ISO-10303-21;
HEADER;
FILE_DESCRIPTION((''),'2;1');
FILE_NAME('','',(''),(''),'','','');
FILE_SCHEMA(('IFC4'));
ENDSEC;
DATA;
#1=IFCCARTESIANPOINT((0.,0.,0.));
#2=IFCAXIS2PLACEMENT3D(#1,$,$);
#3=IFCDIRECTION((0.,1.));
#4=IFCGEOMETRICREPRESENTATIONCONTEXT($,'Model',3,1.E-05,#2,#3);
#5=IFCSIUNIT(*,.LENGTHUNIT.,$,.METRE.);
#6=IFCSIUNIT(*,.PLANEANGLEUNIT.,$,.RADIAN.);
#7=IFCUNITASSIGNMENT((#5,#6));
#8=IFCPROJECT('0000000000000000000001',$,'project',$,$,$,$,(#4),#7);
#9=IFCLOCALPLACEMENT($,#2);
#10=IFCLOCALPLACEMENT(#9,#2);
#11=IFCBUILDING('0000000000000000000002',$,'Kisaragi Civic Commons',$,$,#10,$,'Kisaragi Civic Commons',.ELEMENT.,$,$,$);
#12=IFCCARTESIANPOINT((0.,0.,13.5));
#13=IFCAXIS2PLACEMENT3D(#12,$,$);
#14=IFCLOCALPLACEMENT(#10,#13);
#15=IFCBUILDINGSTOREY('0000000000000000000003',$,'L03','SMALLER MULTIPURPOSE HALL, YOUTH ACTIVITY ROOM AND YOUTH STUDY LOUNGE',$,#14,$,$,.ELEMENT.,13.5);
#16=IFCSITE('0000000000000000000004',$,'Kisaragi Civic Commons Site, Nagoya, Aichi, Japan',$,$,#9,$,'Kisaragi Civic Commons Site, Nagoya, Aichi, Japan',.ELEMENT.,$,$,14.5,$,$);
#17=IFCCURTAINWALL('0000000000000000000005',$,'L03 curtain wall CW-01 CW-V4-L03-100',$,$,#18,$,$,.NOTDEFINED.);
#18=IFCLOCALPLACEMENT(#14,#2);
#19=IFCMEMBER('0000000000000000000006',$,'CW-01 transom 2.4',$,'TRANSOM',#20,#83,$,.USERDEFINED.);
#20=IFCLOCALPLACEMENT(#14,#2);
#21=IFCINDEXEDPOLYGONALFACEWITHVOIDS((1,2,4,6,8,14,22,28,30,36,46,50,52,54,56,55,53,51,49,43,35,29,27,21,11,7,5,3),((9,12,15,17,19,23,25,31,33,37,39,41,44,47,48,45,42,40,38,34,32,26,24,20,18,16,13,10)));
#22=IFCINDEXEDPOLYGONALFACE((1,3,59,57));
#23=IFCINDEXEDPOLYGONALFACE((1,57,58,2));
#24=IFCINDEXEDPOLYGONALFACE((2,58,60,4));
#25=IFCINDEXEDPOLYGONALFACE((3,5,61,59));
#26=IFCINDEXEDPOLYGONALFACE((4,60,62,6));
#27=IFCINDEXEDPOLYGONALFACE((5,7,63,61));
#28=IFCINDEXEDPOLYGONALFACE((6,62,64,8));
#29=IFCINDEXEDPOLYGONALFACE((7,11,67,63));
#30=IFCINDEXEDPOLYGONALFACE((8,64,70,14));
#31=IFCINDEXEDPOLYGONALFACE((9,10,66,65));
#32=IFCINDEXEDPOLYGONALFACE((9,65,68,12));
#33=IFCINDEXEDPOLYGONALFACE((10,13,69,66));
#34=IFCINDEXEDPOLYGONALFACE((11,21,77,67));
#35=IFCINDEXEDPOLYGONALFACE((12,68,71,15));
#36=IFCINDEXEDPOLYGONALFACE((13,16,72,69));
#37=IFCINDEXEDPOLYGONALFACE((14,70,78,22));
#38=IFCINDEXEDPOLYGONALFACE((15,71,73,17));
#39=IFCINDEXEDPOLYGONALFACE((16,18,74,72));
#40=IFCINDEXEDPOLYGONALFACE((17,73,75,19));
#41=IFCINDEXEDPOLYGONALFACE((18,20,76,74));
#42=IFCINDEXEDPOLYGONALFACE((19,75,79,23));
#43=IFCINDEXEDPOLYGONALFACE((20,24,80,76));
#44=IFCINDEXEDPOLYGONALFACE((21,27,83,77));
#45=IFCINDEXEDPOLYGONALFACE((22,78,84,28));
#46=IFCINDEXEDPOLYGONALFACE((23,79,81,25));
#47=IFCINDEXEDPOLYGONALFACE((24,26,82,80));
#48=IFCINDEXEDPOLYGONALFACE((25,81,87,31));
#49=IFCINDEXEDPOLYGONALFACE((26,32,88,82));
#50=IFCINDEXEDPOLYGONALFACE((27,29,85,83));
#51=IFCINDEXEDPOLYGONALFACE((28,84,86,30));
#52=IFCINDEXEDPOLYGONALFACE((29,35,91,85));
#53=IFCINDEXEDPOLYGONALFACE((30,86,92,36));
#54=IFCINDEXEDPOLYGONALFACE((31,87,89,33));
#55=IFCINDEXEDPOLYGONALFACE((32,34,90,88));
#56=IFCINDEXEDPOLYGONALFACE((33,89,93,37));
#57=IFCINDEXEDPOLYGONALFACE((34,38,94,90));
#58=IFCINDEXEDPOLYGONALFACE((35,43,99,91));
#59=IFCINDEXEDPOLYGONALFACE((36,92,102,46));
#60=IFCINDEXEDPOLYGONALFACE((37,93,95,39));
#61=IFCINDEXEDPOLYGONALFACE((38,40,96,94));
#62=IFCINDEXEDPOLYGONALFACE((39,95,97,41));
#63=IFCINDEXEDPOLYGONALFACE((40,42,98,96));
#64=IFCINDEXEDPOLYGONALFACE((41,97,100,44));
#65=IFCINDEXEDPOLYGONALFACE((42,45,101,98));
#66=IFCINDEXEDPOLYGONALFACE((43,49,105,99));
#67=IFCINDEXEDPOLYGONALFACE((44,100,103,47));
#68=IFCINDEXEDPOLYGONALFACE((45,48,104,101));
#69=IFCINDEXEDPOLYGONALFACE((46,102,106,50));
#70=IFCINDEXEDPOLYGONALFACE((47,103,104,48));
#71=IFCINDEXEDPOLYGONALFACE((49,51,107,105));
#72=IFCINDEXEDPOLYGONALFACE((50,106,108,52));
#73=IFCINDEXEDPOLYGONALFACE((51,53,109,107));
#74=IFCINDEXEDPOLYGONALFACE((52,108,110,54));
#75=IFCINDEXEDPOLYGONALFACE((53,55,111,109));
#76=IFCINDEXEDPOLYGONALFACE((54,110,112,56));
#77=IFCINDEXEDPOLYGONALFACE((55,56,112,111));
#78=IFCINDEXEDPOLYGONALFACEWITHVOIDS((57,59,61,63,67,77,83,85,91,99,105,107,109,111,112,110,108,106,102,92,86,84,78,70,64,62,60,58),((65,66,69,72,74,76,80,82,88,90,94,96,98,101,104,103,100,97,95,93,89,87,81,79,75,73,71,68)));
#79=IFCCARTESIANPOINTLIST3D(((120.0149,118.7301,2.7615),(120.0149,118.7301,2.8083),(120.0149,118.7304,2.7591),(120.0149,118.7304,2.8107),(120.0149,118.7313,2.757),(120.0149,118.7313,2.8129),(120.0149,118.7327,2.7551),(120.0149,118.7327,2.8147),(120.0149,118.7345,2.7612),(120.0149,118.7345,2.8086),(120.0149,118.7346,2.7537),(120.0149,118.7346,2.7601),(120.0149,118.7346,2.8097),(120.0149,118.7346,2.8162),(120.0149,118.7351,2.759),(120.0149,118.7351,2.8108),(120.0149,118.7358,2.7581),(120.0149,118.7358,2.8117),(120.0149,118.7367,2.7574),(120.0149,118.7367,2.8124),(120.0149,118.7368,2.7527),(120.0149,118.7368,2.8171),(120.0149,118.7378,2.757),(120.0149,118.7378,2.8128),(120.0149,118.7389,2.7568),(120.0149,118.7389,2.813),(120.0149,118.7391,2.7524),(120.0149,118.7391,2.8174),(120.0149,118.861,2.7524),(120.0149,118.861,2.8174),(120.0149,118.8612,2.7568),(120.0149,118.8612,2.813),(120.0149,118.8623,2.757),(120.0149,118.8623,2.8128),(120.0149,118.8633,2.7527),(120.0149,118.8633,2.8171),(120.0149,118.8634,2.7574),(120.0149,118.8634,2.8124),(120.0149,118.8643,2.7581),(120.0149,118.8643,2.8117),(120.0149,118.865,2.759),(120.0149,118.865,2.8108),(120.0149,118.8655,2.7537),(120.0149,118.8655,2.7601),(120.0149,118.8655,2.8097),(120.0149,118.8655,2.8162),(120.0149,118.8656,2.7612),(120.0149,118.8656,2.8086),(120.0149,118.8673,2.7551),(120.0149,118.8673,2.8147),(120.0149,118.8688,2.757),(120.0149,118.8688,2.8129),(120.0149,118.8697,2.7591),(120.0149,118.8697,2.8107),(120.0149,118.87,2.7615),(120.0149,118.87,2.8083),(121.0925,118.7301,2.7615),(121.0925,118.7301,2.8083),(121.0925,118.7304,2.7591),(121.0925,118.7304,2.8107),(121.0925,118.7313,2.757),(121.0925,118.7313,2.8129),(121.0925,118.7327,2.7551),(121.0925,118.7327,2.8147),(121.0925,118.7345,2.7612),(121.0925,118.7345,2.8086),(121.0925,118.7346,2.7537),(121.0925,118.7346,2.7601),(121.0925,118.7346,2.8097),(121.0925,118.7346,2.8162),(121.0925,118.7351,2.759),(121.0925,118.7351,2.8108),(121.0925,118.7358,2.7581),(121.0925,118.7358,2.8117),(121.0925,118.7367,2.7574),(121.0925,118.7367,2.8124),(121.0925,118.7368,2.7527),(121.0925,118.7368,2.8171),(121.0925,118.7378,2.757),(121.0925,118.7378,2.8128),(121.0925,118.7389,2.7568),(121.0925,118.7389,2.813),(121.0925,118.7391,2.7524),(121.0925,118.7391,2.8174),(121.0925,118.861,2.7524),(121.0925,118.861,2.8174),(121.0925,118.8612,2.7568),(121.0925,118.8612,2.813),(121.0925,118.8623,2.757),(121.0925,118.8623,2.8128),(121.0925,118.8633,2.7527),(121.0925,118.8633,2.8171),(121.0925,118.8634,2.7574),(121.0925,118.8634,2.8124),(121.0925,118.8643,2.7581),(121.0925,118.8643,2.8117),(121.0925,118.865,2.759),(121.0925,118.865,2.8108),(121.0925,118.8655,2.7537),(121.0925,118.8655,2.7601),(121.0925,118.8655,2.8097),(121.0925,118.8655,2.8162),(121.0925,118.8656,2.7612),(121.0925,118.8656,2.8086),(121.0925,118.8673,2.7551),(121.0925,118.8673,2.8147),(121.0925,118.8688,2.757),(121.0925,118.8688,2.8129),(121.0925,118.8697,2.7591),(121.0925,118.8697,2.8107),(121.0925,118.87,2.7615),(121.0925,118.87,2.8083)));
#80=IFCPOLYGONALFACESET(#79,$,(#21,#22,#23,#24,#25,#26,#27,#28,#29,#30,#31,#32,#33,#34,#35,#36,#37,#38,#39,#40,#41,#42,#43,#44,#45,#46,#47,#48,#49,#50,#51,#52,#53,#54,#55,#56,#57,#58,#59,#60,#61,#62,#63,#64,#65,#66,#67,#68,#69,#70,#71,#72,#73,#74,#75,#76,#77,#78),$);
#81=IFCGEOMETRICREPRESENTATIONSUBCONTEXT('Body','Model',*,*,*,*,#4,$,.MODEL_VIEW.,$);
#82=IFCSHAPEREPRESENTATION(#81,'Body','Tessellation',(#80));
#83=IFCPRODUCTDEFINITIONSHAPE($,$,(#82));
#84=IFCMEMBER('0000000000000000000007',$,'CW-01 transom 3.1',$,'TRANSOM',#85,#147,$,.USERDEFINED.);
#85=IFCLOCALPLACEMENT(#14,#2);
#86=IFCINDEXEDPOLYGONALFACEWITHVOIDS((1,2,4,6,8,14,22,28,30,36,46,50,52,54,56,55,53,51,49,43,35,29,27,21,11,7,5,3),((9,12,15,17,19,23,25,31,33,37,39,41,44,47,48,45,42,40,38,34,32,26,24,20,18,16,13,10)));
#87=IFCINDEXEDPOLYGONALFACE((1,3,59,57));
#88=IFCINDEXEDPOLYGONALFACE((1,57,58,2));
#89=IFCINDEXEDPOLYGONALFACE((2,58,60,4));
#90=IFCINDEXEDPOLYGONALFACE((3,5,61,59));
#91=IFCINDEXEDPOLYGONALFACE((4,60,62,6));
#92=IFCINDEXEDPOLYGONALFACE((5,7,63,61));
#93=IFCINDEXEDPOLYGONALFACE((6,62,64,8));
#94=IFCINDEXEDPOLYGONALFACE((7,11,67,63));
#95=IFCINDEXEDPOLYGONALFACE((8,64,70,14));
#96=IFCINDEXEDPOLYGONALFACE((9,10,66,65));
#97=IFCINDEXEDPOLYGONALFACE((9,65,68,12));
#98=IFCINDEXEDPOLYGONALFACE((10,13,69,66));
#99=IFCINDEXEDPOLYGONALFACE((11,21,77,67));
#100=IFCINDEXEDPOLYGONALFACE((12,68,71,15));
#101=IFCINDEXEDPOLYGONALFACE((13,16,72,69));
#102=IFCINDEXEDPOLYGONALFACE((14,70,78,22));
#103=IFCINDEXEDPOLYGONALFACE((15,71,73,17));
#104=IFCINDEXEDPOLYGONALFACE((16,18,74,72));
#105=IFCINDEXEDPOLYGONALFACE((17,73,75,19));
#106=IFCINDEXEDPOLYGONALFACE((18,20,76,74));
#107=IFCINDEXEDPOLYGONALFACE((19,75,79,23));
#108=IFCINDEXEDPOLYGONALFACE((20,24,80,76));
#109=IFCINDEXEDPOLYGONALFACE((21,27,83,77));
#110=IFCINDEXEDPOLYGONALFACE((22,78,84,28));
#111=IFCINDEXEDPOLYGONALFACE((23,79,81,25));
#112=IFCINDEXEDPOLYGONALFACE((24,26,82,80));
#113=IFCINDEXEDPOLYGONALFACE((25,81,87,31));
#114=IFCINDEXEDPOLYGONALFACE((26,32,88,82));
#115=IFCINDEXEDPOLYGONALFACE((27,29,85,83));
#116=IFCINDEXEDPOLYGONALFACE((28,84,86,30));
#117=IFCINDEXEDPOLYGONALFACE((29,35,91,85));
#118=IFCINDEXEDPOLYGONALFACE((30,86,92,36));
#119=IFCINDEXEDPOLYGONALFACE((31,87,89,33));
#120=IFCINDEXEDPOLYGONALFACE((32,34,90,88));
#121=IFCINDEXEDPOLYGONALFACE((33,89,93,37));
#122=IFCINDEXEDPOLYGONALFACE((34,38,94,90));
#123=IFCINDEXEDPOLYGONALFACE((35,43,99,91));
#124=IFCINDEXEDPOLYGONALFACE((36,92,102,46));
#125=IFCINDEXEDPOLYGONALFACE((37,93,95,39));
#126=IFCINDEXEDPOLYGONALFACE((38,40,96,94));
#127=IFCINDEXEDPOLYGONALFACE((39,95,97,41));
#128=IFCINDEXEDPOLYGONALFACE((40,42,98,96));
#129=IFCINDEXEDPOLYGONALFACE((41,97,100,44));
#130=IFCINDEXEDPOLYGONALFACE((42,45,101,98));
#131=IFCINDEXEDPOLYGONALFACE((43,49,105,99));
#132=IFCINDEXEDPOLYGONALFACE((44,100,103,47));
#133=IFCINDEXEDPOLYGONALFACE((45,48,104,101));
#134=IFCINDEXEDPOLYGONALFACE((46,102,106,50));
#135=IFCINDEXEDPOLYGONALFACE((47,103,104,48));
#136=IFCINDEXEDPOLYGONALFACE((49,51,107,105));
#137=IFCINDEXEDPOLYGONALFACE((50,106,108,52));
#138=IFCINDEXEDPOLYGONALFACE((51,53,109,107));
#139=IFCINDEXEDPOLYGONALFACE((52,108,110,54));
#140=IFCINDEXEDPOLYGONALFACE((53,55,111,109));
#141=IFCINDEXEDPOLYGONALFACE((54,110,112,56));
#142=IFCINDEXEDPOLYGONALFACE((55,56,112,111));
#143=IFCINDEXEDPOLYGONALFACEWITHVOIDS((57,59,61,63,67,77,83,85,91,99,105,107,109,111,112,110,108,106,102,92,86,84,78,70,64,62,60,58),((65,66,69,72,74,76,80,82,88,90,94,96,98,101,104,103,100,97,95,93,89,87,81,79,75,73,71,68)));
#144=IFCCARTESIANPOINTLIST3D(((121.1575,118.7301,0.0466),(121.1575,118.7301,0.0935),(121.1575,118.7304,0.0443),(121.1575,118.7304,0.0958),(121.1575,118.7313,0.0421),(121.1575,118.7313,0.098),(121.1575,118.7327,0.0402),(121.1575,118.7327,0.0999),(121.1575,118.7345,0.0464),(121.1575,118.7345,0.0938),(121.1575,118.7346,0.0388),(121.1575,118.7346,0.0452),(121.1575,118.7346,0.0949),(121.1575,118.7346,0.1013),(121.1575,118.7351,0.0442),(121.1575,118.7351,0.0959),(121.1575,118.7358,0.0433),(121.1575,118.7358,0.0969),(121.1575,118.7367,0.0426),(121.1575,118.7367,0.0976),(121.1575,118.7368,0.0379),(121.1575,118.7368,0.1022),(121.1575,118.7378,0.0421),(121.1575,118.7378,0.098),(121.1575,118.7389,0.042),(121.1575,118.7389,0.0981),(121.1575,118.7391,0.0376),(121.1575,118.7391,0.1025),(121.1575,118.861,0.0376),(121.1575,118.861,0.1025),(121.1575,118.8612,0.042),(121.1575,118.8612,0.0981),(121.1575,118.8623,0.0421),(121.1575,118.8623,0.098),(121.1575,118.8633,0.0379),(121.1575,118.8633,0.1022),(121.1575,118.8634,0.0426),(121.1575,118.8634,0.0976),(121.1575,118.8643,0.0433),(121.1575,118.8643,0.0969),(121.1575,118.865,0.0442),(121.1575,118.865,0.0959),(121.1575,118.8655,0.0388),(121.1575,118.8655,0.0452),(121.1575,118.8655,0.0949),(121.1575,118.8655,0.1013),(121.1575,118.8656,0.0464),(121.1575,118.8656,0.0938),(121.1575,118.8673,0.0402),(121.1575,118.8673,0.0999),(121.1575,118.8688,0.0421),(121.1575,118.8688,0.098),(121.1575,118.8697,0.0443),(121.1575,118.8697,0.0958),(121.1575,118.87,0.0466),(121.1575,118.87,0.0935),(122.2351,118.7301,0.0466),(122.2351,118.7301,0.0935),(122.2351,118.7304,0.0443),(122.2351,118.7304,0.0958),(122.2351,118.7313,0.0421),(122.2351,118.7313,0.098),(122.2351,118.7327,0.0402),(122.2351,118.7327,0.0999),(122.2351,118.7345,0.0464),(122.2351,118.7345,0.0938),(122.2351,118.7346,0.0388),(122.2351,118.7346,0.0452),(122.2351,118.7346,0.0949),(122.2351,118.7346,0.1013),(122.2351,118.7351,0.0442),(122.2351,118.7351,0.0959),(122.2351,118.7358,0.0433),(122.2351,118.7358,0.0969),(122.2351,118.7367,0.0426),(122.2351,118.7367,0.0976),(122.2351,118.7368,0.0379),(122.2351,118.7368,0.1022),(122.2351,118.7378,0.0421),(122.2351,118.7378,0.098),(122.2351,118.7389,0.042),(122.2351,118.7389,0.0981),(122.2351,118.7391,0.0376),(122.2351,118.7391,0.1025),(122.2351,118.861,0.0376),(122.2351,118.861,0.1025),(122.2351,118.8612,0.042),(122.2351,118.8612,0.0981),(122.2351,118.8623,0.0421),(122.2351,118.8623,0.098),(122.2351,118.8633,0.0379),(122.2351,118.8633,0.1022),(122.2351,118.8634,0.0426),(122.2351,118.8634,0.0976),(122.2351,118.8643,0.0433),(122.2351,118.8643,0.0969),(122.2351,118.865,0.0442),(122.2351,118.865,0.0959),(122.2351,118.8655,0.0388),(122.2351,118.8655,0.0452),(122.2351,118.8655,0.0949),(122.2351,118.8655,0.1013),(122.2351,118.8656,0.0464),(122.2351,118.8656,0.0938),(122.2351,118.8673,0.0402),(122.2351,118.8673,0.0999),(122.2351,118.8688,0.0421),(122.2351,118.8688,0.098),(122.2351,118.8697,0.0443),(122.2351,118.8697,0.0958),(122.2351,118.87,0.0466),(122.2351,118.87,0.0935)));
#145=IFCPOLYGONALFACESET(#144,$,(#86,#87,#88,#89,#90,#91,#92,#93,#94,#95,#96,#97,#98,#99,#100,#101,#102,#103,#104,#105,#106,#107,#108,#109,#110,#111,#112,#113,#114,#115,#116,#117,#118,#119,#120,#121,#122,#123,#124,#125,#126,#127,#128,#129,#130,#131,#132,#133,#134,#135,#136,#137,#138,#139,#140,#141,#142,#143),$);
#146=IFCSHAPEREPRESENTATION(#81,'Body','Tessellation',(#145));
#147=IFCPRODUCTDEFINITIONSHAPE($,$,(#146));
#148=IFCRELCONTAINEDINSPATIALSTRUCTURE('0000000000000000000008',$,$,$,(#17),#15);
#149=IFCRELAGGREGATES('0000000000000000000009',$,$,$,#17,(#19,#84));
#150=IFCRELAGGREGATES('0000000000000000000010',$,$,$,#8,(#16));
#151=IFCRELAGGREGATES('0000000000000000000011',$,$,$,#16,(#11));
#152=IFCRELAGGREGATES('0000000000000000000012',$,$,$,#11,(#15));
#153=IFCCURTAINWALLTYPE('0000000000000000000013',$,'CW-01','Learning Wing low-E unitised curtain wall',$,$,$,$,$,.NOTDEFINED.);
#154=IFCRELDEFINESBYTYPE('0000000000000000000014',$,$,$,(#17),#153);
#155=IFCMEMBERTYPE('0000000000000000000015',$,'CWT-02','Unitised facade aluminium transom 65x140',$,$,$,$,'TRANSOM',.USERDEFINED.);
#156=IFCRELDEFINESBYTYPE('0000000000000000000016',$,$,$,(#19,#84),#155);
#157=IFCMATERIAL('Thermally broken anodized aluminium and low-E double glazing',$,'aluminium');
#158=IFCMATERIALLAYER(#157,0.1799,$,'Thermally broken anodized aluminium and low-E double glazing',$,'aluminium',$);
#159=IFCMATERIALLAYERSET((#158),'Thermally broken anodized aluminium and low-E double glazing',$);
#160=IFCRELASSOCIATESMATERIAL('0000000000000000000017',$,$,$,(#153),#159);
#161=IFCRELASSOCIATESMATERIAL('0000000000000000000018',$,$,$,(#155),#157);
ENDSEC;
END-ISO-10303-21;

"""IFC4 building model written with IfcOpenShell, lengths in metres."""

from ifc_helpers import new_model, si_unit, direction, frame, origin, origin_2d, place, context, subcontext, project, spatial, hollow_rectangle, extrude, material, layer, layer_set, material_profile, profile_set, type_object, element, aggregate, save


model = new_model("IFC4")

# Units and contexts
model_context = context("Model", 3, precision=1e-05, world=origin(), true_north=direction((0.0, 1.0)))
body_context = subcontext(model_context, "Body", "Model", "MODEL_VIEW")
ifc_project = project(units=[si_unit("LENGTHUNIT", "METRE"), si_unit("PLANEANGLEUNIT", "RADIAN")], contexts=[model_context])

# Site, building, storey
site_placement = place(None, origin())
site = spatial("IfcSite", under=ifc_project, at=site_placement, Name="Kisaragi Civic Commons Site, Nagoya, Aichi, Japan", LongName="Kisaragi Civic Commons Site, Nagoya, Aichi, Japan", CompositionType="ELEMENT", RefElevation=14.5)
building_placement = place(site_placement, origin())
building = spatial("IfcBuilding", under=site, at=building_placement, Name="Kisaragi Civic Commons", LongName="Kisaragi Civic Commons", CompositionType="ELEMENT")
storey_placement = place(building_placement, frame((0.0, 0.0, 13.5)))
storey = spatial("IfcBuildingStorey", under=building, at=storey_placement, Name="L03", Description="SMALLER MULTIPURPOSE HALL, YOUTH ACTIVITY ROOM AND YOUTH STUDY LOUNGE", CompositionType="ELEMENT", Elevation=13.5)

# Curtain wall, members
ifc_material = material(Name="Thermally broken anodized aluminium and low-E double glazing", Category="aluminium")
ifc_layer_1 = layer(ifc_material, 0.1799, Name="Thermally broken anodized aluminium and low-E double glazing", Category="aluminium")
ifc_layer_set_1 = layer_set([ifc_layer_1], Name="Thermally broken anodized aluminium and low-E double glazing")
curtain_wall_type = type_object("IfcCurtainWallType", Name="CW-01", Description="Learning Wing low-E unitised curtain wall", PredefinedType="NOTDEFINED", material=ifc_layer_set_1)
curtain_wall_placement = place(storey_placement, origin())
curtain_wall = element("IfcCurtainWall", 1, at=curtain_wall_placement, inside=storey, type_object=curtain_wall_type, Name="L03 curtain wall CW-01 CW-V4-L03-100", PredefinedType="NOTDEFINED")
ifc_material_profile_1 = material_profile(ifc_material, hollow_rectangle(XDim=0.1399, YDim=0.0649, WallThickness=0.0044, InnerFilletRadius=0.0044, OuterFilletRadius=0.009, at=origin_2d()), Name="CWT-65x140x4.5", Category="aluminium")
ifc_profile_set_1 = profile_set([ifc_material_profile_1], Name="Thermally broken anodized aluminium and low-E double glazing")
member_type_1 = type_object("IfcMemberType", Name="CWT-02", Description="Unitised facade aluminium transom 65x140", ElementType="TRANSOM", PredefinedType="USERDEFINED", material=ifc_profile_set_1)
member_1_placement = place(storey_placement, frame((120.0149, 118.8, 2.7849), z_axis=(1.0, 0.0, 0.0), x_axis=(0.0, 1.0, 0.0)))
member_1 = element("IfcMember", 2, at=member_1_placement, type_object=member_type_1, Name="CW-01 transom 2.4", ObjectType="TRANSOM", PredefinedType="USERDEFINED", context=body_context, shape_type="SweptSolid", body=[
    extrude(hollow_rectangle(XDim=0.1399, YDim=0.0649, WallThickness=0.0044, InnerFilletRadius=0.0044, OuterFilletRadius=0.009, at=origin_2d()), origin(), (0.0, 0.0, 1.0), 1.0776),
])
member_2_placement = place(storey_placement, frame((121.1575, 118.8, 0.0701), z_axis=(1.0, 0.0, 0.0), x_axis=(0.0, 1.0, 0.0)))
member_2 = element("IfcMember", 3, at=member_2_placement, type_object=member_type_1, Name="CW-01 transom 3.1", ObjectType="TRANSOM", PredefinedType="USERDEFINED", context=body_context, shape_type="SweptSolid", body=[
    extrude(hollow_rectangle(XDim=0.1399, YDim=0.0649, WallThickness=0.0044, InnerFilletRadius=0.0044, OuterFilletRadius=0.009, at=origin_2d()), origin(), (0.0, 0.0, 1.0), 1.0776),
])
aggregate(curtain_wall, [member_1, member_2])

save(model, "model.ifc")
